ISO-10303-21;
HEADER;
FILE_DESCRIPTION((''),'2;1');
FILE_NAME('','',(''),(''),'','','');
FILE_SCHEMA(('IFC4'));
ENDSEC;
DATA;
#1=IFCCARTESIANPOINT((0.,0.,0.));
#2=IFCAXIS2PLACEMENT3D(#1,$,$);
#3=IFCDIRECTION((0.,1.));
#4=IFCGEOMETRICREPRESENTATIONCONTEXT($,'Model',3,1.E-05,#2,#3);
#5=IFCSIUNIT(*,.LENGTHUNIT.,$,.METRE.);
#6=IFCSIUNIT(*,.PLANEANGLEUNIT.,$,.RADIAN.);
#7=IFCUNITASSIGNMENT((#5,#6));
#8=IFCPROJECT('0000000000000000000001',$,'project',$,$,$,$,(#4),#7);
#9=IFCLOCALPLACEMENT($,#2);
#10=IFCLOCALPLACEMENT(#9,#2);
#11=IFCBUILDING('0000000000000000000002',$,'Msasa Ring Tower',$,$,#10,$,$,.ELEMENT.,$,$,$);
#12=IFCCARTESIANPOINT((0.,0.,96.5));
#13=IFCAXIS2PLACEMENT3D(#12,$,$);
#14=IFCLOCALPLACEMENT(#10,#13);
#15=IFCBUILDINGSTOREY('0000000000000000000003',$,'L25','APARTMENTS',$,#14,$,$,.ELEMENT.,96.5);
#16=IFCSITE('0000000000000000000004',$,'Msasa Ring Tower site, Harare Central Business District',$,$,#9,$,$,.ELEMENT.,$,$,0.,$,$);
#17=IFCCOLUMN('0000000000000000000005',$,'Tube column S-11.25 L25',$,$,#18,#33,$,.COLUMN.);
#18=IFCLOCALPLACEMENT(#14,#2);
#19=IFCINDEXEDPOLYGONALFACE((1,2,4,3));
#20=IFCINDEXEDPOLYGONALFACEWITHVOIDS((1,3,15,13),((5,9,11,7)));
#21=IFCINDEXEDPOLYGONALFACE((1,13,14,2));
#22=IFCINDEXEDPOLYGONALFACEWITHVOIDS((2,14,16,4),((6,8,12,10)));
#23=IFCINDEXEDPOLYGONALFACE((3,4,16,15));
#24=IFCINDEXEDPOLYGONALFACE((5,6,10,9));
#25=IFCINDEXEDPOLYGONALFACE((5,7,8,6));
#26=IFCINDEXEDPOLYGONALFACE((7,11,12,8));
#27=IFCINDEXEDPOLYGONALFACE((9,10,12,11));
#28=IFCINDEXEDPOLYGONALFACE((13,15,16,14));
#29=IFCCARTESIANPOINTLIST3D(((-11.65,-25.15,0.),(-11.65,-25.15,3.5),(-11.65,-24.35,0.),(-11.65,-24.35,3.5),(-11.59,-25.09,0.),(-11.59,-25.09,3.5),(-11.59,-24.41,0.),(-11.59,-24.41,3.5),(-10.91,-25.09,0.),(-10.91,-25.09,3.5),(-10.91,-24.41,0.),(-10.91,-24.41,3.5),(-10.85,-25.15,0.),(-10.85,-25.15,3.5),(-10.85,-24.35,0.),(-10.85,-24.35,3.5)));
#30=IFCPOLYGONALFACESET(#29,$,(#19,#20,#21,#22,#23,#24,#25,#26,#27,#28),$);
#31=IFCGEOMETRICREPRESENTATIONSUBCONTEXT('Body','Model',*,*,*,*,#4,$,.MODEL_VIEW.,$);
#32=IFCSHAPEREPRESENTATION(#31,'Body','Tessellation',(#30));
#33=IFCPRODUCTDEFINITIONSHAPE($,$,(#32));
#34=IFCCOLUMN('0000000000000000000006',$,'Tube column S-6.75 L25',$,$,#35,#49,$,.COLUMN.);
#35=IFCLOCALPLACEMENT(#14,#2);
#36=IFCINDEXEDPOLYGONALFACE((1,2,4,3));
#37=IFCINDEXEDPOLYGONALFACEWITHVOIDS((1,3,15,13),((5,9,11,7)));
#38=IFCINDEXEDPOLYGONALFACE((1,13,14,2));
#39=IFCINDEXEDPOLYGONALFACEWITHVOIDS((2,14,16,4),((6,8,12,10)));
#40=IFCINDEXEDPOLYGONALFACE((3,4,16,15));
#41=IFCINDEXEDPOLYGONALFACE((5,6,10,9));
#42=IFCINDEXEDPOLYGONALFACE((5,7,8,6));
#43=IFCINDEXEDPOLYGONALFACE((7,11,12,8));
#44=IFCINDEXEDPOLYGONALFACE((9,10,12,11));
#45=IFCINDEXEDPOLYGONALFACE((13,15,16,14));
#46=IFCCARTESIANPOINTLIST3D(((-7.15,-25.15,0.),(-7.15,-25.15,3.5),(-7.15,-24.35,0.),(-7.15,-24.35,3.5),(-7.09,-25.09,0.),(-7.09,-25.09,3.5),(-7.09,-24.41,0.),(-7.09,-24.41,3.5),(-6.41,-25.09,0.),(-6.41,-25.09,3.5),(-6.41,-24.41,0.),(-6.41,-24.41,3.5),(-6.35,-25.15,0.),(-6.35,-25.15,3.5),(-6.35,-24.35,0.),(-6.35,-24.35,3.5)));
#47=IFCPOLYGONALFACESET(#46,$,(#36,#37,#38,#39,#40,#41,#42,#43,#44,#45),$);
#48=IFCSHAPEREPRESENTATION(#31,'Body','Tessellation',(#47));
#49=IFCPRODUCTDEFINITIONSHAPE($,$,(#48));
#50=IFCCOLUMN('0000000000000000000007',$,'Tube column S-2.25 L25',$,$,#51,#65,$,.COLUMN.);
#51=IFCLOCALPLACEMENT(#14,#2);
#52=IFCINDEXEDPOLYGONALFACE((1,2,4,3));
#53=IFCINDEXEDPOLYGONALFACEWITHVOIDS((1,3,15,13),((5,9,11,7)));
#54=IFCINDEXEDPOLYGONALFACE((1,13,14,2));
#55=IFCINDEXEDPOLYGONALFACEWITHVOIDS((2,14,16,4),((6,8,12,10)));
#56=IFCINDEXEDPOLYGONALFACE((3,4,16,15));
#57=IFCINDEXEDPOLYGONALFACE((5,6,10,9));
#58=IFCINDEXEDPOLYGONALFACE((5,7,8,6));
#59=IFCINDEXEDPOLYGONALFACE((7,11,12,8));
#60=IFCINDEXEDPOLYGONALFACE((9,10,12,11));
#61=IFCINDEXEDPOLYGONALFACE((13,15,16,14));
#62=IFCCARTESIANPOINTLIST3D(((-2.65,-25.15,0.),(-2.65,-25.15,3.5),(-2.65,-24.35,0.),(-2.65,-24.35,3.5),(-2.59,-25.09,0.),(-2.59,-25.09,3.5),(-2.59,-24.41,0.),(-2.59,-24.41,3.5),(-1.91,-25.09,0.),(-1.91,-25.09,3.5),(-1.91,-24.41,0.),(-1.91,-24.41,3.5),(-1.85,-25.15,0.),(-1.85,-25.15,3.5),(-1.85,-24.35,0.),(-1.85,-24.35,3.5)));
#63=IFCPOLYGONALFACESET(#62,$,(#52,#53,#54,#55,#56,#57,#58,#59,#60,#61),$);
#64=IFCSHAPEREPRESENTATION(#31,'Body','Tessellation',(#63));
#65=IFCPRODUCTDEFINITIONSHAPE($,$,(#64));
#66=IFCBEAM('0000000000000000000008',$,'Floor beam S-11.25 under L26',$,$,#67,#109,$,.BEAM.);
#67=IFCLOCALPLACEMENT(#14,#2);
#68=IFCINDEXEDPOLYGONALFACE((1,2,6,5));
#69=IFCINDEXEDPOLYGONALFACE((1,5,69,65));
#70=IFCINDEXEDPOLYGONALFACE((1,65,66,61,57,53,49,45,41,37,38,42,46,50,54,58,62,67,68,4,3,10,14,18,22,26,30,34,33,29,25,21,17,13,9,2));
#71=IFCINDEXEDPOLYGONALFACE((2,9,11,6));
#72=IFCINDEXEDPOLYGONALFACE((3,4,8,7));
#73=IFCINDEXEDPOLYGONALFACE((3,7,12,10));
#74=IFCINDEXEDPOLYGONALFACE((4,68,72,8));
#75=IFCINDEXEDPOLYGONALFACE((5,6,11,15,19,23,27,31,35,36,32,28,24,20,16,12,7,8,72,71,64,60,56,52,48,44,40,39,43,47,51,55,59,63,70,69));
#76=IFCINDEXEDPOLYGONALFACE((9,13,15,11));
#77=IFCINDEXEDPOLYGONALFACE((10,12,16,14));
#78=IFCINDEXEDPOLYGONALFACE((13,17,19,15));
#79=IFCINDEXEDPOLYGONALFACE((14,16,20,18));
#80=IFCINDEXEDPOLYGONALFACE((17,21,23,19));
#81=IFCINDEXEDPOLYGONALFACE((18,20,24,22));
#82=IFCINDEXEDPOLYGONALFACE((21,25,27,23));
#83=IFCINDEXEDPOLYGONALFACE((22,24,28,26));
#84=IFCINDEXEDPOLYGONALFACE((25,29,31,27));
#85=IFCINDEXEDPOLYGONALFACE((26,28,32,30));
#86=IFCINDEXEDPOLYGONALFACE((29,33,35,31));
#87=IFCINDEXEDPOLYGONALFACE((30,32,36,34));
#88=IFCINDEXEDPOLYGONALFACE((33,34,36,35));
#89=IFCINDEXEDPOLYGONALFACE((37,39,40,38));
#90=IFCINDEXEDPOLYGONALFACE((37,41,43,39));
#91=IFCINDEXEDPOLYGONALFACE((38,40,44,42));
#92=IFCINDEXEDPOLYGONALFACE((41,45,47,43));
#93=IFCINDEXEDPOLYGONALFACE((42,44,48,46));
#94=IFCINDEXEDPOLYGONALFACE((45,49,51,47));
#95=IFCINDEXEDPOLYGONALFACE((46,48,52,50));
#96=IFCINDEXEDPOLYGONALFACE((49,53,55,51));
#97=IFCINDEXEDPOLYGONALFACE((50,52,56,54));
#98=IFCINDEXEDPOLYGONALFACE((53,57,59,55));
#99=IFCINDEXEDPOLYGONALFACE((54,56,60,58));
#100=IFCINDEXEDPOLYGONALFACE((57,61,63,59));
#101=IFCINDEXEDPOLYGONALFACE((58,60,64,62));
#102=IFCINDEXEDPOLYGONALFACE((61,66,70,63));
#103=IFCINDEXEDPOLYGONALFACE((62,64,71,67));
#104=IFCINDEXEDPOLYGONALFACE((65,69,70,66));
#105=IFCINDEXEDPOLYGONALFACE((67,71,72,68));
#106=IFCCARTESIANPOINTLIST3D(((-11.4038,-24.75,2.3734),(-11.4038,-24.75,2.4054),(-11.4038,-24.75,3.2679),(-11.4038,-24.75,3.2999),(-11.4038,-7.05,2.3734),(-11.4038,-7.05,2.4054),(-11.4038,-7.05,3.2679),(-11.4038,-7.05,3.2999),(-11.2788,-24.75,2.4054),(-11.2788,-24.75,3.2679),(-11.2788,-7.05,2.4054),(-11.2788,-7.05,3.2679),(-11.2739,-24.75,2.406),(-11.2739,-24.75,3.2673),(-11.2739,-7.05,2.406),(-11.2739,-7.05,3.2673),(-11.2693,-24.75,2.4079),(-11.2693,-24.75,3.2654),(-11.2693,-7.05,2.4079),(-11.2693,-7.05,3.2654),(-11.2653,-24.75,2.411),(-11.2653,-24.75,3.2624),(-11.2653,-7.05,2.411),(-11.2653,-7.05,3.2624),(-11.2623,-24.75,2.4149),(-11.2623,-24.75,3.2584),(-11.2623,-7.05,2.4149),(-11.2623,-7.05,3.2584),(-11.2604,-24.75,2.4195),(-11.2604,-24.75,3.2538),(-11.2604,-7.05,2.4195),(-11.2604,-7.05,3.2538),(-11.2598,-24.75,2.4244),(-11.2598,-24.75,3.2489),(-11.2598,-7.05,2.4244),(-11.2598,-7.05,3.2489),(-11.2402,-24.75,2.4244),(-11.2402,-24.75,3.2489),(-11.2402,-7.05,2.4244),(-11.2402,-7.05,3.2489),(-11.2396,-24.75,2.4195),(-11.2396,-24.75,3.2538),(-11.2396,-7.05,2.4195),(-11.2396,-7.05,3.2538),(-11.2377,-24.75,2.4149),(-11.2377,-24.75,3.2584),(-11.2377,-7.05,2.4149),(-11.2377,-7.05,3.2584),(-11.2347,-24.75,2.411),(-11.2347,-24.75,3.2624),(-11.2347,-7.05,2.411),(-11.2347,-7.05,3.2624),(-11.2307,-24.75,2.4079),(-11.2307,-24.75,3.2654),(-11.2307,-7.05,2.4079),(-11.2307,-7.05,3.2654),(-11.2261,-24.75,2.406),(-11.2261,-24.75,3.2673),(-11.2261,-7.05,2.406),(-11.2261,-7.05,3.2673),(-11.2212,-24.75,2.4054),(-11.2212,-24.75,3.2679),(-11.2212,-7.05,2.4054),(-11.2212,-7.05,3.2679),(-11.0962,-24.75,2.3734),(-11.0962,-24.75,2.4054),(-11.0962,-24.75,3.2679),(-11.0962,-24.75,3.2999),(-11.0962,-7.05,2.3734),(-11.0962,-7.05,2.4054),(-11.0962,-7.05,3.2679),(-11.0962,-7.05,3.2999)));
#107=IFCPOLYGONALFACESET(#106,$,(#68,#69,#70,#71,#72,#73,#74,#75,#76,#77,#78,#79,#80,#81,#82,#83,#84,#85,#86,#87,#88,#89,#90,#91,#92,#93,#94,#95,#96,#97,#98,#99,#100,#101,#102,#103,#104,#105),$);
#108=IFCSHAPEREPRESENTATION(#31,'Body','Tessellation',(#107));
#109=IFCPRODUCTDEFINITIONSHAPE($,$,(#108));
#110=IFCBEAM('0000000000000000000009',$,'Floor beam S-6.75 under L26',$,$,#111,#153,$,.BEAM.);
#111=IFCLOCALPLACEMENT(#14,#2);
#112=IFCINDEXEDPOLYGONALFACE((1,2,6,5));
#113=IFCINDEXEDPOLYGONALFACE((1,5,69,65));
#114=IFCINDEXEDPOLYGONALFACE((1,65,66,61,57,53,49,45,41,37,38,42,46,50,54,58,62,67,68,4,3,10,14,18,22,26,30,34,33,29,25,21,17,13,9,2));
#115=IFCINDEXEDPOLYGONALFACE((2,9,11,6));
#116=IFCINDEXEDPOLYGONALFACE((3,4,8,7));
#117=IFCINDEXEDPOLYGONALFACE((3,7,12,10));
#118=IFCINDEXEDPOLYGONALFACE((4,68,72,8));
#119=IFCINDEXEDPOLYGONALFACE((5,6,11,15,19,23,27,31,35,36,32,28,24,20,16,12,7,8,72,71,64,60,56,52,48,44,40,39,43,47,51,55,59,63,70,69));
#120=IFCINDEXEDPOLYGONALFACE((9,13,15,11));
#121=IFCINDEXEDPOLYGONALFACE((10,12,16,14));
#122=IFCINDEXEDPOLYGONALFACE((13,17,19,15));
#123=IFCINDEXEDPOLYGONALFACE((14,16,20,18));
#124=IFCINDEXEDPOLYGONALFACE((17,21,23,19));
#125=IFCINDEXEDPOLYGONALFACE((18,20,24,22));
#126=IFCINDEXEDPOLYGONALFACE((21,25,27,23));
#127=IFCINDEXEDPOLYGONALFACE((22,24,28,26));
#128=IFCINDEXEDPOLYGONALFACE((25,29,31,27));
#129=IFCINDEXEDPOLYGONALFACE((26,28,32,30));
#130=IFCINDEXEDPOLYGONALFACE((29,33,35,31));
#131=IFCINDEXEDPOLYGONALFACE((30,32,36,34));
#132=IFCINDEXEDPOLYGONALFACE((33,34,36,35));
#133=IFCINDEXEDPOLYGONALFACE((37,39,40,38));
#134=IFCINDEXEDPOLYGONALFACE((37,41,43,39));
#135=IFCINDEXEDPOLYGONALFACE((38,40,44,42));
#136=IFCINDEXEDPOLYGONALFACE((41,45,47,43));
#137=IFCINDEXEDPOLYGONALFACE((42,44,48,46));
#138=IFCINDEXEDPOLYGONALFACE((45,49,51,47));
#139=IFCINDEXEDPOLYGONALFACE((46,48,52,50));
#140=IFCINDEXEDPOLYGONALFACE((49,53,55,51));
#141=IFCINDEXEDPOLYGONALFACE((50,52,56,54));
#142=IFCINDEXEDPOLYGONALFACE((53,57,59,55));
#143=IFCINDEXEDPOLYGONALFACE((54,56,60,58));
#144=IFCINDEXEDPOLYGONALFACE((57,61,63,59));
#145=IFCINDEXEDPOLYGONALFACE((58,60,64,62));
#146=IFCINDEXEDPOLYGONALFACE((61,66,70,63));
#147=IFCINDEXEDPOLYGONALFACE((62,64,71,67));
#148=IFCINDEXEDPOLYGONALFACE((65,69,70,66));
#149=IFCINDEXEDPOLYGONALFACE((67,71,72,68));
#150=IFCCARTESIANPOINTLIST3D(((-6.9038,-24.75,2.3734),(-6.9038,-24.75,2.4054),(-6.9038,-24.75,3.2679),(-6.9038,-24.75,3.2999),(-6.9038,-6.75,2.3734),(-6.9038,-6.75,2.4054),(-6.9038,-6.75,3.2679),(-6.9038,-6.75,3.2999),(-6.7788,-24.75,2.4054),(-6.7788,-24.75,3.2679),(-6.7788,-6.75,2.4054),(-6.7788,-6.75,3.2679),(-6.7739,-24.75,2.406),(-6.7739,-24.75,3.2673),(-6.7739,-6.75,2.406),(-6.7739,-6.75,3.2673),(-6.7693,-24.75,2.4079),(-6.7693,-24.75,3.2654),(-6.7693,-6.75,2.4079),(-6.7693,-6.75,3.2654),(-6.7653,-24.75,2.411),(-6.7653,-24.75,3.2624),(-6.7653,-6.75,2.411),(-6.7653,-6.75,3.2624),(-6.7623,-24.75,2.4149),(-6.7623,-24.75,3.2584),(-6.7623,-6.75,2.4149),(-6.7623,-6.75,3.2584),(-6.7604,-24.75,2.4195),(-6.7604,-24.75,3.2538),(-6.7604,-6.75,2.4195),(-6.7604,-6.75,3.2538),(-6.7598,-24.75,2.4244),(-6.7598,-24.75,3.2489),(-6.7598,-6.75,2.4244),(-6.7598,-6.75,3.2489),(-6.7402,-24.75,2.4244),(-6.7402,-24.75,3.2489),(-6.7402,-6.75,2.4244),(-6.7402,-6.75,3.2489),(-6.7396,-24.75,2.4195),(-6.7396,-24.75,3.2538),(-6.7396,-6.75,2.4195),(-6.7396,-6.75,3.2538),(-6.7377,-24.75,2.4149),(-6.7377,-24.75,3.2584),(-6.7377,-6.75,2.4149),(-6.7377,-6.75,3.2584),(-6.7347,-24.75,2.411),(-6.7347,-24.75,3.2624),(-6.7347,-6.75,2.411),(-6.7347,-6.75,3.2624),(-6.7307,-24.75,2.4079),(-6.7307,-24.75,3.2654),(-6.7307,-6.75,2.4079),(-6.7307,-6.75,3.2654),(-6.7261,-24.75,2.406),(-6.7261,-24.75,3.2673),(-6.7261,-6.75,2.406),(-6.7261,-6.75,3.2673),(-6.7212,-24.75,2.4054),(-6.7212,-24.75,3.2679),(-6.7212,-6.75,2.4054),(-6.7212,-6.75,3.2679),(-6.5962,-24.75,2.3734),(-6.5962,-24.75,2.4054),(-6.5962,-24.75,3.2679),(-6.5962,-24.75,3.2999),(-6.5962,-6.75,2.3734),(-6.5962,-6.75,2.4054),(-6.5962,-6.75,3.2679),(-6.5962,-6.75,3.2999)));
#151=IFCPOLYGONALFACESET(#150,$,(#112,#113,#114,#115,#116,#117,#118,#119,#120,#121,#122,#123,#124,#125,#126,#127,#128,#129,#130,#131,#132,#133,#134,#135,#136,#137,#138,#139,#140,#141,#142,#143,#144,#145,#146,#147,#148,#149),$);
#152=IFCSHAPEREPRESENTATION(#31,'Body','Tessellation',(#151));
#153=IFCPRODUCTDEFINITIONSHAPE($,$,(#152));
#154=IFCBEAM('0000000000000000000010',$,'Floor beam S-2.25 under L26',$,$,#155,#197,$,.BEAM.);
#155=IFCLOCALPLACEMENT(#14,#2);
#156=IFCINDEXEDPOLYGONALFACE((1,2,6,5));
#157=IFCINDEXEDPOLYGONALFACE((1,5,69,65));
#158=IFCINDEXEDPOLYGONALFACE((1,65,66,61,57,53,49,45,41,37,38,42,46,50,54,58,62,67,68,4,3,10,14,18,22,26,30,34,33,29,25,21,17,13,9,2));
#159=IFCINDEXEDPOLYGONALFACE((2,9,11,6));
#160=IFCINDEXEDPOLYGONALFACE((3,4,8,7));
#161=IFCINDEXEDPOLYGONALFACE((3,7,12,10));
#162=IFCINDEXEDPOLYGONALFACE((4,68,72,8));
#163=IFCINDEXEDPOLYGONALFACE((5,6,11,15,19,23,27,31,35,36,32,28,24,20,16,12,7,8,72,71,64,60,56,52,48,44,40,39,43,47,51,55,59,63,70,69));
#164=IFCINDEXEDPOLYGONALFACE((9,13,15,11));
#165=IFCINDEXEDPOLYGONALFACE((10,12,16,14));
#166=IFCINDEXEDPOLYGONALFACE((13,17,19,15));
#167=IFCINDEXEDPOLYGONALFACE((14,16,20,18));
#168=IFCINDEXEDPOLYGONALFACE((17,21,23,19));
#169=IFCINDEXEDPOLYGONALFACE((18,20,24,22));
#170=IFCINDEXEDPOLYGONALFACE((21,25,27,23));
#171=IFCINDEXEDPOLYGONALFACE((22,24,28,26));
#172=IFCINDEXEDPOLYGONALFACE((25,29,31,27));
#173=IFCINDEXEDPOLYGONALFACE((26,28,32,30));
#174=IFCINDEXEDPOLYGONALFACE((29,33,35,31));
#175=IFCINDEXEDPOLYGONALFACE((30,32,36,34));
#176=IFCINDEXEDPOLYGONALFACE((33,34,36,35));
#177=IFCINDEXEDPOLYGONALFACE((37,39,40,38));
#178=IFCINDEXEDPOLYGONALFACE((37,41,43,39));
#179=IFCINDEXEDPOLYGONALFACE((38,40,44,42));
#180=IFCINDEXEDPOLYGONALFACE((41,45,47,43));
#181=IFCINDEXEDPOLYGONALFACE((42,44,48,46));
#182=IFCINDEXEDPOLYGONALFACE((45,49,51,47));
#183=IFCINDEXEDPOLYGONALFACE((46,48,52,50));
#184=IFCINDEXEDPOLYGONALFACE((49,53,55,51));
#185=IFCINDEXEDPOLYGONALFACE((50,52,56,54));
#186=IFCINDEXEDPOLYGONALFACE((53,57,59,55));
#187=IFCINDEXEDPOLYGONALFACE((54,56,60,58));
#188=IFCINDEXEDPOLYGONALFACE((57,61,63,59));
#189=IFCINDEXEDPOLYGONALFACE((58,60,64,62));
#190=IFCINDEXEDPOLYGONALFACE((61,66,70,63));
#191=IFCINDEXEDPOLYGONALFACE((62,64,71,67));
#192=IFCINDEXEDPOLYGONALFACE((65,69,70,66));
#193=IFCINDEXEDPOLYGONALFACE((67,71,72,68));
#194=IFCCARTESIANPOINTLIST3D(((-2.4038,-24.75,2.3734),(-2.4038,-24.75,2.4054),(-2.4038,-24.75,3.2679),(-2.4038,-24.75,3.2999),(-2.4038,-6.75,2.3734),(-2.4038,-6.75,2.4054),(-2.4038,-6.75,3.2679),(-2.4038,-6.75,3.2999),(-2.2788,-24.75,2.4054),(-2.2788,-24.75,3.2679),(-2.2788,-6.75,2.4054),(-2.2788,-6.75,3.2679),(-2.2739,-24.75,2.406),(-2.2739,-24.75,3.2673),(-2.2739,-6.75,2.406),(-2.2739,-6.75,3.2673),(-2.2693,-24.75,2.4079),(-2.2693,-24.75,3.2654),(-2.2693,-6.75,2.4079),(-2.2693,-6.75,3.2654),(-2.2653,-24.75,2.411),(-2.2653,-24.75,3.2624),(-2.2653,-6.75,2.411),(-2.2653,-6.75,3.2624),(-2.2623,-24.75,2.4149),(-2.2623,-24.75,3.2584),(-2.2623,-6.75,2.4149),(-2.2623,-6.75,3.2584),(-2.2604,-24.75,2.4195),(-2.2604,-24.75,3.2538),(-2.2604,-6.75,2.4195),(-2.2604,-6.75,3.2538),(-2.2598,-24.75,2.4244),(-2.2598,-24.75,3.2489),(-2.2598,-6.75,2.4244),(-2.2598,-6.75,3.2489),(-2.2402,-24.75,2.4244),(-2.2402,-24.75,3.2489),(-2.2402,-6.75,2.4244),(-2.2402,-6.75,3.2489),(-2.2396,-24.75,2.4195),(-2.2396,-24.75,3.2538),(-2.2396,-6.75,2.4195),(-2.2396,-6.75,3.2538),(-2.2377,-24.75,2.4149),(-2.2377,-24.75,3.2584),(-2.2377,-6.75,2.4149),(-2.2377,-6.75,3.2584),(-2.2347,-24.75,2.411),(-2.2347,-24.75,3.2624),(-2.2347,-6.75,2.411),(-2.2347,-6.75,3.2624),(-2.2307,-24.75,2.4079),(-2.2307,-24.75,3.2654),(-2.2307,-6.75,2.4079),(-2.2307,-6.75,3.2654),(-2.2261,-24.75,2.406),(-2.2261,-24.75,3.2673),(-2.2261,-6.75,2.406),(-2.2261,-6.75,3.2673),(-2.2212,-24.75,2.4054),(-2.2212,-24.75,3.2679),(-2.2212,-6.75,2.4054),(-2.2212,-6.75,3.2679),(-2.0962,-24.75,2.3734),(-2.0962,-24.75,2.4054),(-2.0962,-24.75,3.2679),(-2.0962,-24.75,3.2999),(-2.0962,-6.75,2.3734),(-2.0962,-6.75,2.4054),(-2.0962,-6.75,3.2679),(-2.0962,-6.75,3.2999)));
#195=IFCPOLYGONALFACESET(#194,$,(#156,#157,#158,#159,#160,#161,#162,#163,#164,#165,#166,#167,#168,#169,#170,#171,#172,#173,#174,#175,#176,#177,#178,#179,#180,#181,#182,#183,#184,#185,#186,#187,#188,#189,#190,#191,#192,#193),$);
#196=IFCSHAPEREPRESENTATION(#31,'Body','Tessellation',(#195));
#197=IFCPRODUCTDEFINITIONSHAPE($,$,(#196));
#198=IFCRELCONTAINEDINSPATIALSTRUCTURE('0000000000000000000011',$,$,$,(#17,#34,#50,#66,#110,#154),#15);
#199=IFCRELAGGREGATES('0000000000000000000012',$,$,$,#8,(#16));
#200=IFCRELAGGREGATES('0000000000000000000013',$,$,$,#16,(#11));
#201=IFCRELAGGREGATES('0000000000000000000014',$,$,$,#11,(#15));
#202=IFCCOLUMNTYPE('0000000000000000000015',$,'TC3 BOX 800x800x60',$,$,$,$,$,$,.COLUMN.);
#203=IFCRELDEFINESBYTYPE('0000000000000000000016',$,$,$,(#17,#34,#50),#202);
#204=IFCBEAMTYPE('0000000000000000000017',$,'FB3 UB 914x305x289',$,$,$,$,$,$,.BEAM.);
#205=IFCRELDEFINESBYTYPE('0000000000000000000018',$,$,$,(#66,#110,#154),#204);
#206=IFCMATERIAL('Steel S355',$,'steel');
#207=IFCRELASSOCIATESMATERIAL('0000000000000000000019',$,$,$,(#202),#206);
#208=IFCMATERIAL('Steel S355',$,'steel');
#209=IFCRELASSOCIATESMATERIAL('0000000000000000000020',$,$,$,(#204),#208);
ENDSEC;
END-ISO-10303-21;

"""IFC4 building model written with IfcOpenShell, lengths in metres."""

from ifc_helpers import new_model, si_unit, direction, frame, origin, origin_2d, place, context, subcontext, project, spatial, hollow_rectangle, i_section, extrude, material, material_profile, profile_set, type_object, element, save


model = new_model("IFC4")

# Units and contexts
model_context = context("Model", 3, precision=1e-05, world=origin(), true_north=direction((0.0, 1.0)))
body_context = subcontext(model_context, "Body", "Model", "MODEL_VIEW")
ifc_project = project(units=[si_unit("LENGTHUNIT", "METRE"), si_unit("PLANEANGLEUNIT", "RADIAN")], contexts=[model_context])

# Site, building, storey
site_placement = place(None, origin())
site = spatial("IfcSite", under=ifc_project, at=site_placement, Name="Msasa Ring Tower site, Harare Central Business District", CompositionType="ELEMENT", RefElevation=0.0)
building_placement = place(site_placement, origin())
building = spatial("IfcBuilding", under=site, at=building_placement, Name="Msasa Ring Tower", CompositionType="ELEMENT")
storey_placement = place(building_placement, frame((0.0, 0.0, 96.5)))
storey = spatial("IfcBuildingStorey", under=building, at=storey_placement, Name="L25", Description="APARTMENTS", CompositionType="ELEMENT", Elevation=96.5)

# Columns
ifc_material_1 = material(Name="Steel S355", Category="steel")
ifc_material_profile_1 = material_profile(ifc_material_1, hollow_rectangle(XDim=0.8, YDim=0.8, WallThickness=0.0601, at=origin_2d()), Name="BOX 800x800x60")
ifc_profile_set_1 = profile_set([ifc_material_profile_1], Name="Steel S355")
column_type = type_object("IfcColumnType", Name="TC3 BOX 800x800x60", PredefinedType="COLUMN", material=ifc_profile_set_1)
for number, where, z_axis, x_axis, name in (
    (1, (-11.25, -24.75, 0.0), (0.0, 0.0, 1.0), (0.0, 1.0, 0.0), "Tube column S-11.25 L25"),
    (2, (-6.75, -24.75, 0.0), (0.0, 0.0, 1.0), (0.0, 1.0, 0.0), "Tube column S-6.75 L25"),
    (3, (-2.25, -24.75, 0.0), (0.0, 0.0, 1.0), (0.0, 1.0, 0.0), "Tube column S-2.25 L25"),
):
    element("IfcColumn", number, at=place(storey_placement, frame(where, z_axis=z_axis, x_axis=x_axis)), inside=storey, type_object=column_type, Name=name, PredefinedType="COLUMN", context=body_context, shape_type="SweptSolid", body=[
        extrude(hollow_rectangle(XDim=0.8, YDim=0.8, WallThickness=0.0601, at=origin_2d()), origin(), (0.0, 0.0, 1.0), 3.5),
    ])

# Beams
ifc_material_2 = material(Name="Steel S355", Category="steel")
ifc_material_profile_2 = material_profile(ifc_material_2, i_section(OverallWidth=0.3076, OverallDepth=0.9265, WebThickness=0.0195, FlangeThickness=0.032, FilletRadius=0.019, at=origin_2d()), Name="UB 914x305x289")
ifc_profile_set_2 = profile_set([ifc_material_profile_2], Name="Steel S355")
beam_type_1 = type_object("IfcBeamType", Name="FB3 UB 914x305x289", PredefinedType="BEAM", material=ifc_profile_set_2)
beam_placement = place(storey_placement, frame((-11.25, -24.75, 2.8367), z_axis=(0.0, 1.0, 0.0), x_axis=(-1.0, 0.0, 0.0)))
element("IfcBeam", 4, at=beam_placement, inside=storey, type_object=beam_type_1, Name="Floor beam S-11.25 under L26", PredefinedType="BEAM", context=body_context, shape_type="SweptSolid", body=[
    extrude(i_section(OverallWidth=0.3076, OverallDepth=0.9265, WebThickness=0.0195, FlangeThickness=0.032, FilletRadius=0.019, at=origin_2d()), origin(), (0.0, 0.0, 1.0), 17.7),
])
for number, where, z_axis, x_axis, name in (
    (5, (-6.75, -24.75, 2.8367), (0.0, 1.0, 0.0), (-1.0, 0.0, 0.0), "Floor beam S-6.75 under L26"),
    (6, (-2.25, -24.75, 2.8367), (0.0, 1.0, 0.0), (-1.0, 0.0, 0.0), "Floor beam S-2.25 under L26"),
):
    element("IfcBeam", number, at=place(storey_placement, frame(where, z_axis=z_axis, x_axis=x_axis)), inside=storey, type_object=beam_type_1, Name=name, PredefinedType="BEAM", context=body_context, shape_type="SweptSolid", body=[
        extrude(i_section(OverallWidth=0.3076, OverallDepth=0.9265, WebThickness=0.0195, FlangeThickness=0.032, FilletRadius=0.019, at=origin_2d()), origin(), (0.0, 0.0, 1.0), 18.0),
    ])

save(model, "model.ifc")
